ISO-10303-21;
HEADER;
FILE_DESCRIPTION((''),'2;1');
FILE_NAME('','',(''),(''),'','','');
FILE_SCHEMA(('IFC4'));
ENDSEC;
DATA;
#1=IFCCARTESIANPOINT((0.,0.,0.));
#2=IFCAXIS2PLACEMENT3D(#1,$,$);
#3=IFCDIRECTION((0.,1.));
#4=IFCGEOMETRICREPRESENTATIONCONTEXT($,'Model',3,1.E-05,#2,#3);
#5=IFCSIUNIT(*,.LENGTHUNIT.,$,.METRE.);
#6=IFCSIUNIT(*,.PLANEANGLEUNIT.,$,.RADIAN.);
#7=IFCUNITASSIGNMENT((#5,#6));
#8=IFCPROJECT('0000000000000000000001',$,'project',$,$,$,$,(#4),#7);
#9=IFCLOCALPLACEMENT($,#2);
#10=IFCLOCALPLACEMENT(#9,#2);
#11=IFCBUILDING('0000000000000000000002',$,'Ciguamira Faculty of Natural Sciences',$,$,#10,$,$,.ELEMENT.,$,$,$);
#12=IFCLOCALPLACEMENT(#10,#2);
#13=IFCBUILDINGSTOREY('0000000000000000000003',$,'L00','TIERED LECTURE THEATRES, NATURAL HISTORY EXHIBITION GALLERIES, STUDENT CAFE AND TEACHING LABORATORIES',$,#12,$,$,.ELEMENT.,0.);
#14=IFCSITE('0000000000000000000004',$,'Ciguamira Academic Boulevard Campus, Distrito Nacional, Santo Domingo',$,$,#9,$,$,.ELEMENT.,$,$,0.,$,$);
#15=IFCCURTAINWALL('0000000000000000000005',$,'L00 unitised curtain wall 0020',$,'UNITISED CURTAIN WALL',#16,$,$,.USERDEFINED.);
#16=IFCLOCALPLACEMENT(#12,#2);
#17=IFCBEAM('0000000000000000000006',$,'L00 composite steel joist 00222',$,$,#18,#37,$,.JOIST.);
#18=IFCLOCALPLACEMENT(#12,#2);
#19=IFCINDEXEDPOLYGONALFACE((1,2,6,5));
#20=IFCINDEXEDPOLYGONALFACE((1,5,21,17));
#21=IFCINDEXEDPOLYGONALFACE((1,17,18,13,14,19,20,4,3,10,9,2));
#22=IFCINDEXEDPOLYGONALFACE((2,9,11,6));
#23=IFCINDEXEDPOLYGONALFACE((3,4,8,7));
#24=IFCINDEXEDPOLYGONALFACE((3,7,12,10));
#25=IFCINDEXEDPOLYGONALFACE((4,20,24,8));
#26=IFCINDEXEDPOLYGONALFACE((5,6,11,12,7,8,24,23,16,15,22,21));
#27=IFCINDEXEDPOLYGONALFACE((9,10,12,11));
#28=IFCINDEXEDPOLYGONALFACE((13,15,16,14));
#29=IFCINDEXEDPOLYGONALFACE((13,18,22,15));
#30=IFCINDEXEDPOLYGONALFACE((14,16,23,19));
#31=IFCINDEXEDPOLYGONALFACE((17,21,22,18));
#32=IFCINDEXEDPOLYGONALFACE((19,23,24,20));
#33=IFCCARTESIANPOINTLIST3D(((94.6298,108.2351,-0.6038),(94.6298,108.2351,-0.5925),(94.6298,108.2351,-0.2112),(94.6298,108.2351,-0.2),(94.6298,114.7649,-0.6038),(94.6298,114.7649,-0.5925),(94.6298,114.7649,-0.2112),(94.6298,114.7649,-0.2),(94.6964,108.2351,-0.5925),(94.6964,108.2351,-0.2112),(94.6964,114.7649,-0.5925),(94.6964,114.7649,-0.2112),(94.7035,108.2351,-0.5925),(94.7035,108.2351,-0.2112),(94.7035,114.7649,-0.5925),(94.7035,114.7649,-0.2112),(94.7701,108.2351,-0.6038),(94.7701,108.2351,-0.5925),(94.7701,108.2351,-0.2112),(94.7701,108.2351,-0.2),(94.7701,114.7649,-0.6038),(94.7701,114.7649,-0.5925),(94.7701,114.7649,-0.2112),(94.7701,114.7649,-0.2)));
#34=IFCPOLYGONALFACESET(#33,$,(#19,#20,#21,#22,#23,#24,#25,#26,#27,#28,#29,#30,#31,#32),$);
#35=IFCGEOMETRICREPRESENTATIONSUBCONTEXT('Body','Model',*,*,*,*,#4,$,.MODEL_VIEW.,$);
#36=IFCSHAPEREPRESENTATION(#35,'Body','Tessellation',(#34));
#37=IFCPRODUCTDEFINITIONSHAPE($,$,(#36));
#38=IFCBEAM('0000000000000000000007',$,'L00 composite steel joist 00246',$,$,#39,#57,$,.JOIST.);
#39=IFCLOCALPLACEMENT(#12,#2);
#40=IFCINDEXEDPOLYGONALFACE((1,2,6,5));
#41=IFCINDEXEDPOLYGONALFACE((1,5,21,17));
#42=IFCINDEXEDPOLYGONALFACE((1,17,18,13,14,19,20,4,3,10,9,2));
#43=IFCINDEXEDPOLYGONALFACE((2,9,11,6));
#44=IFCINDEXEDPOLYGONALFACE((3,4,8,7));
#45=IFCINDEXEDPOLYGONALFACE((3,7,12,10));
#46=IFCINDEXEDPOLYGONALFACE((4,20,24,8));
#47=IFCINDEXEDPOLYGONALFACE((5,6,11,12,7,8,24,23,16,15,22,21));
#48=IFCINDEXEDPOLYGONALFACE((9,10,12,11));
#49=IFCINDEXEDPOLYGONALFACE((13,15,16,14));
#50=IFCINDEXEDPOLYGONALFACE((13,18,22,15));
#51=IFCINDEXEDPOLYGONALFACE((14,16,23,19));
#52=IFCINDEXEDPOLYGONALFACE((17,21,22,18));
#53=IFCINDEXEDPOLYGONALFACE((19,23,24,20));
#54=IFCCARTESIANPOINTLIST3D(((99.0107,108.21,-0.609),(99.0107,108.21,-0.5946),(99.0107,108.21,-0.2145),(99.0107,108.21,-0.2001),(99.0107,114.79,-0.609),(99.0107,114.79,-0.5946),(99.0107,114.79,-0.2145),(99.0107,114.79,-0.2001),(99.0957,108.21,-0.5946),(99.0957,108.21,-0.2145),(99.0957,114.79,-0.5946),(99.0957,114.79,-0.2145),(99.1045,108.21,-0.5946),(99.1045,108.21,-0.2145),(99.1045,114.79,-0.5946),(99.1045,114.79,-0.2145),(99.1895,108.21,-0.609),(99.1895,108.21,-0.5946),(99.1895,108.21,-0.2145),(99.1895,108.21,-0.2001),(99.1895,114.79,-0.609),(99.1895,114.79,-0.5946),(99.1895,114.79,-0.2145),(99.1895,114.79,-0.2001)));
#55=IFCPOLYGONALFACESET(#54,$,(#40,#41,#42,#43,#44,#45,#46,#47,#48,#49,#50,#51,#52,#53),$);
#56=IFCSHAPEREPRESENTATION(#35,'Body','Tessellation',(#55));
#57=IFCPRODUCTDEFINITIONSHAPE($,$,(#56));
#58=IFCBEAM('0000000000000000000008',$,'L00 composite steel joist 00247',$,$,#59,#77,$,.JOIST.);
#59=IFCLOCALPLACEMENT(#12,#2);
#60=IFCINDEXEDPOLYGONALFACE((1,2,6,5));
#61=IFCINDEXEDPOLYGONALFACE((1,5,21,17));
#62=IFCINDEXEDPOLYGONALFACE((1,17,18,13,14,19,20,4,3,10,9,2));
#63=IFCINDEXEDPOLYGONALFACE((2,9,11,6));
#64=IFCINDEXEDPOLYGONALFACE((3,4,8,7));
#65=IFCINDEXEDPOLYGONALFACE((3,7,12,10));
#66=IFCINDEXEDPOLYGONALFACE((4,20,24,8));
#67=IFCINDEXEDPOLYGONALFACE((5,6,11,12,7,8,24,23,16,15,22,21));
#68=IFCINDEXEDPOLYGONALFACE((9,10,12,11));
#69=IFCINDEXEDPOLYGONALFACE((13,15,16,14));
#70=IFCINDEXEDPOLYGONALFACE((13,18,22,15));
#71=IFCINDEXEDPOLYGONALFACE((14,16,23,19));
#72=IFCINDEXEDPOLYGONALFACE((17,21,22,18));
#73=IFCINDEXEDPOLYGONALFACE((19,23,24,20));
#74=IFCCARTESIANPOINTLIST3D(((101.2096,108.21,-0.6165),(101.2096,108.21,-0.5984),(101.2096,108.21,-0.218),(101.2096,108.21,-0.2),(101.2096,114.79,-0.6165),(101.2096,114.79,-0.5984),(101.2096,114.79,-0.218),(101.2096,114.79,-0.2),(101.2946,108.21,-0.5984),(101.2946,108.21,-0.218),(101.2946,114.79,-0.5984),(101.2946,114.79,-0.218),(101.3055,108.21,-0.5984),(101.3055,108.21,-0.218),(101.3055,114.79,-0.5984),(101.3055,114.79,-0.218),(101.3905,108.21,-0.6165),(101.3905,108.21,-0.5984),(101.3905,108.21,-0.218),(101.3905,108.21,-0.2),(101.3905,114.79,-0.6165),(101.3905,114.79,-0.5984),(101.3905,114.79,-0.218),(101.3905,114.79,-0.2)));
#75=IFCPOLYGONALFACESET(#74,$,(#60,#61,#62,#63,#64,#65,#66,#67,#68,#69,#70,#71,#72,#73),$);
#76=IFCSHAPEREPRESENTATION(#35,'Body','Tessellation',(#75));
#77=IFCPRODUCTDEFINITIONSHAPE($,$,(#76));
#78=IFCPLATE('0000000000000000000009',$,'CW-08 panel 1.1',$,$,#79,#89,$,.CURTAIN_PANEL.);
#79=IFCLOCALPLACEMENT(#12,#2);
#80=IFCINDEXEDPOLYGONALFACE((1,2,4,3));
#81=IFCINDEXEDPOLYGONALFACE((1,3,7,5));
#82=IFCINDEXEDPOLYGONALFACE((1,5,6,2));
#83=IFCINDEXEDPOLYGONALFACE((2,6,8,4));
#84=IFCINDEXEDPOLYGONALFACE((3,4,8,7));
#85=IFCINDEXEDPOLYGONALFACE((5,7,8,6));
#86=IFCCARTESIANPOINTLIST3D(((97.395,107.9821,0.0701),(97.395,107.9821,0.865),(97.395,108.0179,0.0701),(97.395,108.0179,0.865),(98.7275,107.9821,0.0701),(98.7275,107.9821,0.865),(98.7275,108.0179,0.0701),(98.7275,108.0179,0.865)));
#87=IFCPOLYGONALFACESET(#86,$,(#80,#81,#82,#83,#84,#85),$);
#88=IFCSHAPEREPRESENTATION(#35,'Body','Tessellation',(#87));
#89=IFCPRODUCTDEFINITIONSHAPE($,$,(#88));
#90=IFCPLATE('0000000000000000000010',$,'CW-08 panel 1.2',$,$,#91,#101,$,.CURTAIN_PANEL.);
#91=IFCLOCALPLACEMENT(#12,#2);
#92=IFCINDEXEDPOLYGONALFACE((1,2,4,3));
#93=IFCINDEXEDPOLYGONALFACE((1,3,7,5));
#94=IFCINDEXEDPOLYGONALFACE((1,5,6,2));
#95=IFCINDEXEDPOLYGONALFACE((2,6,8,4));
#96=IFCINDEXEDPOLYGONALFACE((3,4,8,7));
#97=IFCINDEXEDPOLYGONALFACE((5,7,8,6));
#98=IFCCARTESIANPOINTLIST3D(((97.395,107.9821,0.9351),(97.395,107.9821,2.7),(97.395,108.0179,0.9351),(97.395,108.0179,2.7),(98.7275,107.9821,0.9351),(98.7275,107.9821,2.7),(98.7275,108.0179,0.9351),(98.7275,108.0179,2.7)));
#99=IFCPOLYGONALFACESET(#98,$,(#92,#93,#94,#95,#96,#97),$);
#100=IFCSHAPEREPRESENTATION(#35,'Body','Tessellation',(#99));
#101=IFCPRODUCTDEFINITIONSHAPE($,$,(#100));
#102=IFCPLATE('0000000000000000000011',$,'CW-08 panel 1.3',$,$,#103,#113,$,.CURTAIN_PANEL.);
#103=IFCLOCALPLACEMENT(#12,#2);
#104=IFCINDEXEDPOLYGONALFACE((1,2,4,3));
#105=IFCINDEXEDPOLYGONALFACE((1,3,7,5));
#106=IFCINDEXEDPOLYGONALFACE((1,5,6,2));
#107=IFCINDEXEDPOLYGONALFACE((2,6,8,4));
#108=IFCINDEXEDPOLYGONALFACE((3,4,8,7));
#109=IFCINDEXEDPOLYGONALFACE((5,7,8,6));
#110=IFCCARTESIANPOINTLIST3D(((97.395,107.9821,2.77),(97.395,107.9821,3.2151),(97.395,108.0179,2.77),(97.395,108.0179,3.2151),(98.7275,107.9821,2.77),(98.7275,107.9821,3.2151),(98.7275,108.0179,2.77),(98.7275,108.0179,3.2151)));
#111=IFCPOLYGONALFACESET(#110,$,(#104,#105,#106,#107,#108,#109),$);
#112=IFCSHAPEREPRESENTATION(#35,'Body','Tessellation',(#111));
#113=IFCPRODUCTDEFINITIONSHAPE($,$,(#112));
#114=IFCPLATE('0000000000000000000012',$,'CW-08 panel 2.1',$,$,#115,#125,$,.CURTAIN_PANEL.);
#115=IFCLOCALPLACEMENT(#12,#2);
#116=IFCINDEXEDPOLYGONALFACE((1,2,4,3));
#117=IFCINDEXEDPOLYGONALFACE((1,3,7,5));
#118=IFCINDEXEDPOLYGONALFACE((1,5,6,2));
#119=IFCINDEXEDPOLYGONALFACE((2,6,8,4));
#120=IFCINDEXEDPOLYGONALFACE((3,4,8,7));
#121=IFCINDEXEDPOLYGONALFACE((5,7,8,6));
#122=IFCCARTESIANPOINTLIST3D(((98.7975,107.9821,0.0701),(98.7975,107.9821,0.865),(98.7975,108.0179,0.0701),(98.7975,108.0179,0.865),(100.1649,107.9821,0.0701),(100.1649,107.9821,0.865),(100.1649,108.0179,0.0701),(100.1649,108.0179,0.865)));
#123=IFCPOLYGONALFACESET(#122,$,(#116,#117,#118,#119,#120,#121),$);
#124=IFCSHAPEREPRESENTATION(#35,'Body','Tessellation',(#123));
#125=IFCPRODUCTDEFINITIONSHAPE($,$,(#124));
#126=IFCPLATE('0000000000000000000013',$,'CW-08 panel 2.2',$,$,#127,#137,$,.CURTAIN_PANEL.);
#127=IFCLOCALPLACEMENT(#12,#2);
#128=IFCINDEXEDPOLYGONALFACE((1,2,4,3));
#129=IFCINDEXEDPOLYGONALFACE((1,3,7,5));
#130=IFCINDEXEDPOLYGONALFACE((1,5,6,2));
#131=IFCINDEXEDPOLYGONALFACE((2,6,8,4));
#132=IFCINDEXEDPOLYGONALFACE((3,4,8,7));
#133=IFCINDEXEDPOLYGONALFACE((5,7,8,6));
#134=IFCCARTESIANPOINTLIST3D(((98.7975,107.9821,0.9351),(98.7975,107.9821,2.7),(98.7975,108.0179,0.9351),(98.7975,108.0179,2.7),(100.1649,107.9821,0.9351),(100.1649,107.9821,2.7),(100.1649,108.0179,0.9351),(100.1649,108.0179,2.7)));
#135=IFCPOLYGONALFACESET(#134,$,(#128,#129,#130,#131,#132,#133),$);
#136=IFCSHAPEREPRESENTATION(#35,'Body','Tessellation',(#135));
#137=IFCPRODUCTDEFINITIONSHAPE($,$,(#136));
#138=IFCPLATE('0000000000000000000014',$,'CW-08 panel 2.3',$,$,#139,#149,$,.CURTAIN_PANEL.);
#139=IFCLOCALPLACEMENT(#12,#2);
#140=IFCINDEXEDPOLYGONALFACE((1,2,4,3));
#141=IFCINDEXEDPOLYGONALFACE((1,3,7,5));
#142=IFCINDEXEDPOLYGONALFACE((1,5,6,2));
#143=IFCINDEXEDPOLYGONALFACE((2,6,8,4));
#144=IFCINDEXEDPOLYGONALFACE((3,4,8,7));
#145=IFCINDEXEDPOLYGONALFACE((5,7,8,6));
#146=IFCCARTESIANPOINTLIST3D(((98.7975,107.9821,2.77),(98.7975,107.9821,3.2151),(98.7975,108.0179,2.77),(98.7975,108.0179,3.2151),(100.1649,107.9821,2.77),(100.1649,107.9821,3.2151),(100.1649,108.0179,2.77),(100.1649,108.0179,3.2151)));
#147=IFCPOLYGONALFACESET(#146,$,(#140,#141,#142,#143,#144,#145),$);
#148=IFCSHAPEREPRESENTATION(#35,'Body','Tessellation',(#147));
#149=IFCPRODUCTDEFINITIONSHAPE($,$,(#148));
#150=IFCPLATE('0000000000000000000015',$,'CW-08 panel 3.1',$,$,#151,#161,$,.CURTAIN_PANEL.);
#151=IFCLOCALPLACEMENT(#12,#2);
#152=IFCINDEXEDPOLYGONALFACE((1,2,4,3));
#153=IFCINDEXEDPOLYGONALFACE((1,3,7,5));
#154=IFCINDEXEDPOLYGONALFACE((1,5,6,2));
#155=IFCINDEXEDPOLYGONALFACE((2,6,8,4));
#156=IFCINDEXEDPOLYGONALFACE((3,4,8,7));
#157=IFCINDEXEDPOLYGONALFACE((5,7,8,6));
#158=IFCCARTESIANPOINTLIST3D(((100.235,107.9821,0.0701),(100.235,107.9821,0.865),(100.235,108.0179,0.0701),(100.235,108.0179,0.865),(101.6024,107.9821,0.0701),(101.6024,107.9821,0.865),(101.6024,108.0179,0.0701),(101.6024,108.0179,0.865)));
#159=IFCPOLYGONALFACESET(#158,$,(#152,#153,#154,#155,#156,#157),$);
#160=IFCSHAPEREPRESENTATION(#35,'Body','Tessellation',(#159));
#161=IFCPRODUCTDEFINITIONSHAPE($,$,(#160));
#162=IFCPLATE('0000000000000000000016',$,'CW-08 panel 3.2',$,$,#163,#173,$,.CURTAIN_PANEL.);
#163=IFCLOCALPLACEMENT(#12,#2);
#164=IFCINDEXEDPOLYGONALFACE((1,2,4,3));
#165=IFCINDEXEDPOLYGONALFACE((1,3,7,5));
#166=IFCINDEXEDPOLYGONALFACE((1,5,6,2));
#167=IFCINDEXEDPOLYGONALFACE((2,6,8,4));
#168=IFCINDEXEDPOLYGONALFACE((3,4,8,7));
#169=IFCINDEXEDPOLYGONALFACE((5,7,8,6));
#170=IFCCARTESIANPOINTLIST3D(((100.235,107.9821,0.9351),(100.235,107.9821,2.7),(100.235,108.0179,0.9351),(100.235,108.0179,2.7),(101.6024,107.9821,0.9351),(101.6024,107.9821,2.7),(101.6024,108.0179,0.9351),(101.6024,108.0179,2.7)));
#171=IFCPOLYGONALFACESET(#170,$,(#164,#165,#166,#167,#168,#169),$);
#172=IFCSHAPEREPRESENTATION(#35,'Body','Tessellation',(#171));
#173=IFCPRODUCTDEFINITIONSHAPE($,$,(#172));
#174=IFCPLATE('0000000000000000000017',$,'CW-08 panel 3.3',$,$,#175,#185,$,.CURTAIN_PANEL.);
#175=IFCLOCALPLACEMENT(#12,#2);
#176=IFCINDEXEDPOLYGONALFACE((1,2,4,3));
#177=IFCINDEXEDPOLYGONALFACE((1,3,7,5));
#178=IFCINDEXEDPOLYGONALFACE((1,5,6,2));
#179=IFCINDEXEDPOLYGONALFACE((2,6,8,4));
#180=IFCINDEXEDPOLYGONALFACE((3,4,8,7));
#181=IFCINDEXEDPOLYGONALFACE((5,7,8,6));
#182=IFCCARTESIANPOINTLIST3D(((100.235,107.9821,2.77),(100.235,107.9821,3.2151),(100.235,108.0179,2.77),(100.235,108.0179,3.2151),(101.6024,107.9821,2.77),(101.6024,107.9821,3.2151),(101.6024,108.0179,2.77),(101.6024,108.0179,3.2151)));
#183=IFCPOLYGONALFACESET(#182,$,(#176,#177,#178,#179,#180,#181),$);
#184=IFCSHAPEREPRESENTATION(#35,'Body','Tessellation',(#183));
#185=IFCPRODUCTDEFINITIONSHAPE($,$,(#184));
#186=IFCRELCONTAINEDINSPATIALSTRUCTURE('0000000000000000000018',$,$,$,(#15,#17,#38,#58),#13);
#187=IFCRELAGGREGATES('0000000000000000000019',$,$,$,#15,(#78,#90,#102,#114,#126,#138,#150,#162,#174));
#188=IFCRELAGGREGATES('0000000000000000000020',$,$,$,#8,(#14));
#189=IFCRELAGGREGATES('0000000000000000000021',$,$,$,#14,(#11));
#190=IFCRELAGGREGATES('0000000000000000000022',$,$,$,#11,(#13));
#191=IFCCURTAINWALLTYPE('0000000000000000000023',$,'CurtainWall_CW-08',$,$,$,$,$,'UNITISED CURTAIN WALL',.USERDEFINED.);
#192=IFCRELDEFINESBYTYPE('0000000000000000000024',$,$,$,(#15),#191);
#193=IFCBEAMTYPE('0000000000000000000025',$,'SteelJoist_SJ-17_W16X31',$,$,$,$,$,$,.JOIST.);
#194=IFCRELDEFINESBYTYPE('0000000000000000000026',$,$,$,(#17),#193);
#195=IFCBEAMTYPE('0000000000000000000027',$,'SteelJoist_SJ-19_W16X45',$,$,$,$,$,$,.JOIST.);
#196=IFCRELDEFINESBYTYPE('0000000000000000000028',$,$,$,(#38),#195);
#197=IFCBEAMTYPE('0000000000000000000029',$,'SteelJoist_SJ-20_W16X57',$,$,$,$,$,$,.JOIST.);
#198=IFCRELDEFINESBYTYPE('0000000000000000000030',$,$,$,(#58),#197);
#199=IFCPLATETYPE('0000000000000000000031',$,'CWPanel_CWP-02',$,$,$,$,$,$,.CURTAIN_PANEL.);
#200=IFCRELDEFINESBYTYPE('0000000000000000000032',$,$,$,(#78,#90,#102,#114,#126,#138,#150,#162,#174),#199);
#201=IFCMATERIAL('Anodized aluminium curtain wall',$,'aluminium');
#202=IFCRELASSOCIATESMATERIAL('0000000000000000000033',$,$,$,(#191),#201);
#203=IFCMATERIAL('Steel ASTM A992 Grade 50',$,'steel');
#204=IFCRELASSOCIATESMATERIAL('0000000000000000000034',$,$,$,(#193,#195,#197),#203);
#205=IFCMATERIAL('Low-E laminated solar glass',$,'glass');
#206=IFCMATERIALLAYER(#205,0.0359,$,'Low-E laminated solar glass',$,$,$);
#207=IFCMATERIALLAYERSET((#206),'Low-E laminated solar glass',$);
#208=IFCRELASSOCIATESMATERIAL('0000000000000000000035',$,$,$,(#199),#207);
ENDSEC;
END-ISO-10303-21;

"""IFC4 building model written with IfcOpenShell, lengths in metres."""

from ifc_helpers import new_model, si_unit, direction, frame, origin, origin_2d, place, context, subcontext, project, spatial, rectangle, i_section, extrude, material, layer, layer_set, material_profile, profile_set, type_object, element, aggregate, save


model = new_model("IFC4")

# Units and contexts
model_context = context("Model", 3, precision=1e-05, world=origin(), true_north=direction((0.0, 1.0)))
body_context = subcontext(model_context, "Body", "Model", "MODEL_VIEW")
ifc_project = project(units=[si_unit("LENGTHUNIT", "METRE"), si_unit("PLANEANGLEUNIT", "RADIAN")], contexts=[model_context])

# Site, building, storey
site_placement = place(None, origin())
site = spatial("IfcSite", under=ifc_project, at=site_placement, Name="Ciguamira Academic Boulevard Campus, Distrito Nacional, Santo Domingo", CompositionType="ELEMENT", RefElevation=0.0)
building_placement = place(site_placement, origin())
building = spatial("IfcBuilding", under=site, at=building_placement, Name="Ciguamira Faculty of Natural Sciences", CompositionType="ELEMENT")
storey_placement = place(building_placement, origin())
storey = spatial("IfcBuildingStorey", under=building, at=storey_placement, Name="L00", Description="TIERED LECTURE THEATRES, NATURAL HISTORY EXHIBITION GALLERIES, STUDENT CAFE AND TEACHING LABORATORIES", CompositionType="ELEMENT", Elevation=0.0)

# Curtain wall
ifc_material_1 = material(Name="Anodized aluminium curtain wall", Category="aluminium")
curtain_wall_type = type_object("IfcCurtainWallType", Name="CurtainWall_CW-08", ElementType="UNITISED CURTAIN WALL", PredefinedType="USERDEFINED", material=ifc_material_1)
curtain_wall_placement = place(storey_placement, origin())
curtain_wall = element("IfcCurtainWall", 1, at=curtain_wall_placement, inside=storey, type_object=curtain_wall_type, Name="L00 unitised curtain wall 0020", ObjectType="UNITISED CURTAIN WALL", PredefinedType="USERDEFINED")

# Beams
ifc_material_2 = material(Name="Steel ASTM A992 Grade 50", Category="steel")
ifc_material_profile_1 = material_profile(ifc_material_2, i_section(OverallWidth=0.1404, OverallDepth=0.4038, WebThickness=0.0071, FlangeThickness=0.0112, at=origin_2d()), Name="W16X31")
ifc_profile_set_1 = profile_set([ifc_material_profile_1], Name="Steel ASTM A992 Grade 50")
beam_type_1 = type_object("IfcBeamType", Name="SteelJoist_SJ-17_W16X31", PredefinedType="JOIST", material=ifc_profile_set_1)
beam_1_placement = place(storey_placement, frame((94.7, 108.2351, -0.4019), z_axis=(0.0, 1.0, 0.0), x_axis=(-1.0, 0.0, 0.0)))
element("IfcBeam", 2, at=beam_1_placement, inside=storey, type_object=beam_type_1, Name="L00 composite steel joist 00222", PredefinedType="JOIST", context=body_context, shape_type="SweptSolid", body=[
    extrude(i_section(OverallWidth=0.1404, OverallDepth=0.4038, WebThickness=0.0071, FlangeThickness=0.0112, at=origin_2d()), origin(), (0.0, 0.0, 1.0), 6.5298),
])
ifc_material_profile_2 = material_profile(ifc_material_2, i_section(OverallWidth=0.1787, OverallDepth=0.4089, WebThickness=0.0088, FlangeThickness=0.0144, at=origin_2d()), Name="W16X45")
ifc_profile_set_2 = profile_set([ifc_material_profile_2], Name="Steel ASTM A992 Grade 50")
beam_type_2 = type_object("IfcBeamType", Name="SteelJoist_SJ-19_W16X45", PredefinedType="JOIST", material=ifc_profile_set_2)
beam_2_placement = place(storey_placement, frame((99.1001, 108.21, -0.4045), z_axis=(0.0, 1.0, 0.0), x_axis=(-1.0, 0.0, 0.0)))
element("IfcBeam", 3, at=beam_2_placement, inside=storey, type_object=beam_type_2, Name="L00 composite steel joist 00246", PredefinedType="JOIST", context=body_context, shape_type="SweptSolid", body=[
    extrude(i_section(OverallWidth=0.1787, OverallDepth=0.4089, WebThickness=0.0088, FlangeThickness=0.0144, at=origin_2d()), origin(), (0.0, 0.0, 1.0), 6.5801),
])
ifc_material_profile_3 = material_profile(ifc_material_2, i_section(OverallWidth=0.1809, OverallDepth=0.4165, WebThickness=0.011, FlangeThickness=0.0181, at=origin_2d()), Name="W16X57")
ifc_profile_set_3 = profile_set([ifc_material_profile_3], Name="Steel ASTM A992 Grade 50")
beam_type_3 = type_object("IfcBeamType", Name="SteelJoist_SJ-20_W16X57", PredefinedType="JOIST", material=ifc_profile_set_3)
beam_3_placement = place(storey_placement, frame((101.3, 108.21, -0.4082), z_axis=(0.0, 1.0, 0.0), x_axis=(-1.0, 0.0, 0.0)))
element("IfcBeam", 4, at=beam_3_placement, inside=storey, type_object=beam_type_3, Name="L00 composite steel joist 00247", PredefinedType="JOIST", context=body_context, shape_type="SweptSolid", body=[
    extrude(i_section(OverallWidth=0.1809, OverallDepth=0.4165, WebThickness=0.011, FlangeThickness=0.0181, at=origin_2d()), origin(), (0.0, 0.0, 1.0), 6.5801),
])

# Plates
ifc_material_3 = material(Name="Low-E laminated solar glass", Category="glass")
ifc_layer = layer(ifc_material_3, 0.0359, Name="Low-E laminated solar glass")
ifc_layer_set = layer_set([ifc_layer], Name="Low-E laminated solar glass")
plate_type = type_object("IfcPlateType", Name="CWPanel_CWP-02", PredefinedType="CURTAIN_PANEL", material=ifc_layer_set)
plate_1_placement = place(storey_placement, frame((98.0613, 108.0, 0.0701), z_axis=(0.0, 0.0, 1.0), x_axis=(1.0, 0.0, 0.0)))
plate_1 = element("IfcPlate", 5, at=plate_1_placement, type_object=plate_type, Name="CW-08 panel 1.1", PredefinedType="CURTAIN_PANEL", context=body_context, shape_type="SweptSolid", body=[
    extrude(rectangle(XDim=1.3325, YDim=0.0359, at=origin_2d()), origin(), (0.0, 0.0, 1.0), 0.7949),
])
plate_2_placement = place(storey_placement, frame((98.0613, 108.0, 0.9351), z_axis=(0.0, 0.0, 1.0), x_axis=(1.0, 0.0, 0.0)))
plate_2 = element("IfcPlate", 6, at=plate_2_placement, type_object=plate_type, Name="CW-08 panel 1.2", PredefinedType="CURTAIN_PANEL", context=body_context, shape_type="SweptSolid", body=[
    extrude(rectangle(XDim=1.3325, YDim=0.0359, at=origin_2d()), origin(), (0.0, 0.0, 1.0), 1.7649),
])
plate_3_placement = place(storey_placement, frame((98.0613, 108.0, 2.77), z_axis=(0.0, 0.0, 1.0), x_axis=(1.0, 0.0, 0.0)))
plate_3 = element("IfcPlate", 7, at=plate_3_placement, type_object=plate_type, Name="CW-08 panel 1.3", PredefinedType="CURTAIN_PANEL", context=body_context, shape_type="SweptSolid", body=[
    extrude(rectangle(XDim=1.3325, YDim=0.0359, at=origin_2d()), origin(), (0.0, 0.0, 1.0), 0.4451),
])
plate_4_placement = place(storey_placement, frame((99.4812, 108.0, 0.0701), z_axis=(0.0, 0.0, 1.0), x_axis=(1.0, 0.0, 0.0)))
plate_4 = element("IfcPlate", 8, at=plate_4_placement, type_object=plate_type, Name="CW-08 panel 2.1", PredefinedType="CURTAIN_PANEL", context=body_context, shape_type="SweptSolid", body=[
    extrude(rectangle(XDim=1.3674, YDim=0.0359, at=origin_2d()), origin(), (0.0, 0.0, 1.0), 0.7949),
])
plate_5_placement = place(storey_placement, frame((99.4812, 108.0, 0.9351), z_axis=(0.0, 0.0, 1.0), x_axis=(1.0, 0.0, 0.0)))
plate_5 = element("IfcPlate", 9, at=plate_5_placement, type_object=plate_type, Name="CW-08 panel 2.2", PredefinedType="CURTAIN_PANEL", context=body_context, shape_type="SweptSolid", body=[
    extrude(rectangle(XDim=1.3674, YDim=0.0359, at=origin_2d()), origin(), (0.0, 0.0, 1.0), 1.7649),
])
plate_6_placement = place(storey_placement, frame((99.4812, 108.0, 2.77), z_axis=(0.0, 0.0, 1.0), x_axis=(1.0, 0.0, 0.0)))
plate_6 = element("IfcPlate", 10, at=plate_6_placement, type_object=plate_type, Name="CW-08 panel 2.3", PredefinedType="CURTAIN_PANEL", context=body_context, shape_type="SweptSolid", body=[
    extrude(rectangle(XDim=1.3674, YDim=0.0359, at=origin_2d()), origin(), (0.0, 0.0, 1.0), 0.4451),
])
plate_7_placement = place(storey_placement, frame((100.9187, 108.0, 0.0701), z_axis=(0.0, 0.0, 1.0), x_axis=(1.0, 0.0, 0.0)))
plate_7 = element("IfcPlate", 11, at=plate_7_placement, type_object=plate_type, Name="CW-08 panel 3.1", PredefinedType="CURTAIN_PANEL", context=body_context, shape_type="SweptSolid", body=[
    extrude(rectangle(XDim=1.3674, YDim=0.0359, at=origin_2d()), origin(), (0.0, 0.0, 1.0), 0.7949),
])
plate_8_placement = place(storey_placement, frame((100.9187, 108.0, 0.9351), z_axis=(0.0, 0.0, 1.0), x_axis=(1.0, 0.0, 0.0)))
plate_8 = element("IfcPlate", 12, at=plate_8_placement, type_object=plate_type, Name="CW-08 panel 3.2", PredefinedType="CURTAIN_PANEL", context=body_context, shape_type="SweptSolid", body=[
    extrude(rectangle(XDim=1.3674, YDim=0.0359, at=origin_2d()), origin(), (0.0, 0.0, 1.0), 1.7649),
])
plate_9_placement = place(storey_placement, frame((100.9187, 108.0, 2.77), z_axis=(0.0, 0.0, 1.0), x_axis=(1.0, 0.0, 0.0)))
plate_9 = element("IfcPlate", 13, at=plate_9_placement, type_object=plate_type, Name="CW-08 panel 3.3", PredefinedType="CURTAIN_PANEL", context=body_context, shape_type="SweptSolid", body=[
    extrude(rectangle(XDim=1.3674, YDim=0.0359, at=origin_2d()), origin(), (0.0, 0.0, 1.0), 0.4451),
])
aggregate(curtain_wall, [plate_1, plate_2, plate_3, plate_4, plate_5, plate_6, plate_7, plate_8, plate_9])

save(model, "model.ifc")
